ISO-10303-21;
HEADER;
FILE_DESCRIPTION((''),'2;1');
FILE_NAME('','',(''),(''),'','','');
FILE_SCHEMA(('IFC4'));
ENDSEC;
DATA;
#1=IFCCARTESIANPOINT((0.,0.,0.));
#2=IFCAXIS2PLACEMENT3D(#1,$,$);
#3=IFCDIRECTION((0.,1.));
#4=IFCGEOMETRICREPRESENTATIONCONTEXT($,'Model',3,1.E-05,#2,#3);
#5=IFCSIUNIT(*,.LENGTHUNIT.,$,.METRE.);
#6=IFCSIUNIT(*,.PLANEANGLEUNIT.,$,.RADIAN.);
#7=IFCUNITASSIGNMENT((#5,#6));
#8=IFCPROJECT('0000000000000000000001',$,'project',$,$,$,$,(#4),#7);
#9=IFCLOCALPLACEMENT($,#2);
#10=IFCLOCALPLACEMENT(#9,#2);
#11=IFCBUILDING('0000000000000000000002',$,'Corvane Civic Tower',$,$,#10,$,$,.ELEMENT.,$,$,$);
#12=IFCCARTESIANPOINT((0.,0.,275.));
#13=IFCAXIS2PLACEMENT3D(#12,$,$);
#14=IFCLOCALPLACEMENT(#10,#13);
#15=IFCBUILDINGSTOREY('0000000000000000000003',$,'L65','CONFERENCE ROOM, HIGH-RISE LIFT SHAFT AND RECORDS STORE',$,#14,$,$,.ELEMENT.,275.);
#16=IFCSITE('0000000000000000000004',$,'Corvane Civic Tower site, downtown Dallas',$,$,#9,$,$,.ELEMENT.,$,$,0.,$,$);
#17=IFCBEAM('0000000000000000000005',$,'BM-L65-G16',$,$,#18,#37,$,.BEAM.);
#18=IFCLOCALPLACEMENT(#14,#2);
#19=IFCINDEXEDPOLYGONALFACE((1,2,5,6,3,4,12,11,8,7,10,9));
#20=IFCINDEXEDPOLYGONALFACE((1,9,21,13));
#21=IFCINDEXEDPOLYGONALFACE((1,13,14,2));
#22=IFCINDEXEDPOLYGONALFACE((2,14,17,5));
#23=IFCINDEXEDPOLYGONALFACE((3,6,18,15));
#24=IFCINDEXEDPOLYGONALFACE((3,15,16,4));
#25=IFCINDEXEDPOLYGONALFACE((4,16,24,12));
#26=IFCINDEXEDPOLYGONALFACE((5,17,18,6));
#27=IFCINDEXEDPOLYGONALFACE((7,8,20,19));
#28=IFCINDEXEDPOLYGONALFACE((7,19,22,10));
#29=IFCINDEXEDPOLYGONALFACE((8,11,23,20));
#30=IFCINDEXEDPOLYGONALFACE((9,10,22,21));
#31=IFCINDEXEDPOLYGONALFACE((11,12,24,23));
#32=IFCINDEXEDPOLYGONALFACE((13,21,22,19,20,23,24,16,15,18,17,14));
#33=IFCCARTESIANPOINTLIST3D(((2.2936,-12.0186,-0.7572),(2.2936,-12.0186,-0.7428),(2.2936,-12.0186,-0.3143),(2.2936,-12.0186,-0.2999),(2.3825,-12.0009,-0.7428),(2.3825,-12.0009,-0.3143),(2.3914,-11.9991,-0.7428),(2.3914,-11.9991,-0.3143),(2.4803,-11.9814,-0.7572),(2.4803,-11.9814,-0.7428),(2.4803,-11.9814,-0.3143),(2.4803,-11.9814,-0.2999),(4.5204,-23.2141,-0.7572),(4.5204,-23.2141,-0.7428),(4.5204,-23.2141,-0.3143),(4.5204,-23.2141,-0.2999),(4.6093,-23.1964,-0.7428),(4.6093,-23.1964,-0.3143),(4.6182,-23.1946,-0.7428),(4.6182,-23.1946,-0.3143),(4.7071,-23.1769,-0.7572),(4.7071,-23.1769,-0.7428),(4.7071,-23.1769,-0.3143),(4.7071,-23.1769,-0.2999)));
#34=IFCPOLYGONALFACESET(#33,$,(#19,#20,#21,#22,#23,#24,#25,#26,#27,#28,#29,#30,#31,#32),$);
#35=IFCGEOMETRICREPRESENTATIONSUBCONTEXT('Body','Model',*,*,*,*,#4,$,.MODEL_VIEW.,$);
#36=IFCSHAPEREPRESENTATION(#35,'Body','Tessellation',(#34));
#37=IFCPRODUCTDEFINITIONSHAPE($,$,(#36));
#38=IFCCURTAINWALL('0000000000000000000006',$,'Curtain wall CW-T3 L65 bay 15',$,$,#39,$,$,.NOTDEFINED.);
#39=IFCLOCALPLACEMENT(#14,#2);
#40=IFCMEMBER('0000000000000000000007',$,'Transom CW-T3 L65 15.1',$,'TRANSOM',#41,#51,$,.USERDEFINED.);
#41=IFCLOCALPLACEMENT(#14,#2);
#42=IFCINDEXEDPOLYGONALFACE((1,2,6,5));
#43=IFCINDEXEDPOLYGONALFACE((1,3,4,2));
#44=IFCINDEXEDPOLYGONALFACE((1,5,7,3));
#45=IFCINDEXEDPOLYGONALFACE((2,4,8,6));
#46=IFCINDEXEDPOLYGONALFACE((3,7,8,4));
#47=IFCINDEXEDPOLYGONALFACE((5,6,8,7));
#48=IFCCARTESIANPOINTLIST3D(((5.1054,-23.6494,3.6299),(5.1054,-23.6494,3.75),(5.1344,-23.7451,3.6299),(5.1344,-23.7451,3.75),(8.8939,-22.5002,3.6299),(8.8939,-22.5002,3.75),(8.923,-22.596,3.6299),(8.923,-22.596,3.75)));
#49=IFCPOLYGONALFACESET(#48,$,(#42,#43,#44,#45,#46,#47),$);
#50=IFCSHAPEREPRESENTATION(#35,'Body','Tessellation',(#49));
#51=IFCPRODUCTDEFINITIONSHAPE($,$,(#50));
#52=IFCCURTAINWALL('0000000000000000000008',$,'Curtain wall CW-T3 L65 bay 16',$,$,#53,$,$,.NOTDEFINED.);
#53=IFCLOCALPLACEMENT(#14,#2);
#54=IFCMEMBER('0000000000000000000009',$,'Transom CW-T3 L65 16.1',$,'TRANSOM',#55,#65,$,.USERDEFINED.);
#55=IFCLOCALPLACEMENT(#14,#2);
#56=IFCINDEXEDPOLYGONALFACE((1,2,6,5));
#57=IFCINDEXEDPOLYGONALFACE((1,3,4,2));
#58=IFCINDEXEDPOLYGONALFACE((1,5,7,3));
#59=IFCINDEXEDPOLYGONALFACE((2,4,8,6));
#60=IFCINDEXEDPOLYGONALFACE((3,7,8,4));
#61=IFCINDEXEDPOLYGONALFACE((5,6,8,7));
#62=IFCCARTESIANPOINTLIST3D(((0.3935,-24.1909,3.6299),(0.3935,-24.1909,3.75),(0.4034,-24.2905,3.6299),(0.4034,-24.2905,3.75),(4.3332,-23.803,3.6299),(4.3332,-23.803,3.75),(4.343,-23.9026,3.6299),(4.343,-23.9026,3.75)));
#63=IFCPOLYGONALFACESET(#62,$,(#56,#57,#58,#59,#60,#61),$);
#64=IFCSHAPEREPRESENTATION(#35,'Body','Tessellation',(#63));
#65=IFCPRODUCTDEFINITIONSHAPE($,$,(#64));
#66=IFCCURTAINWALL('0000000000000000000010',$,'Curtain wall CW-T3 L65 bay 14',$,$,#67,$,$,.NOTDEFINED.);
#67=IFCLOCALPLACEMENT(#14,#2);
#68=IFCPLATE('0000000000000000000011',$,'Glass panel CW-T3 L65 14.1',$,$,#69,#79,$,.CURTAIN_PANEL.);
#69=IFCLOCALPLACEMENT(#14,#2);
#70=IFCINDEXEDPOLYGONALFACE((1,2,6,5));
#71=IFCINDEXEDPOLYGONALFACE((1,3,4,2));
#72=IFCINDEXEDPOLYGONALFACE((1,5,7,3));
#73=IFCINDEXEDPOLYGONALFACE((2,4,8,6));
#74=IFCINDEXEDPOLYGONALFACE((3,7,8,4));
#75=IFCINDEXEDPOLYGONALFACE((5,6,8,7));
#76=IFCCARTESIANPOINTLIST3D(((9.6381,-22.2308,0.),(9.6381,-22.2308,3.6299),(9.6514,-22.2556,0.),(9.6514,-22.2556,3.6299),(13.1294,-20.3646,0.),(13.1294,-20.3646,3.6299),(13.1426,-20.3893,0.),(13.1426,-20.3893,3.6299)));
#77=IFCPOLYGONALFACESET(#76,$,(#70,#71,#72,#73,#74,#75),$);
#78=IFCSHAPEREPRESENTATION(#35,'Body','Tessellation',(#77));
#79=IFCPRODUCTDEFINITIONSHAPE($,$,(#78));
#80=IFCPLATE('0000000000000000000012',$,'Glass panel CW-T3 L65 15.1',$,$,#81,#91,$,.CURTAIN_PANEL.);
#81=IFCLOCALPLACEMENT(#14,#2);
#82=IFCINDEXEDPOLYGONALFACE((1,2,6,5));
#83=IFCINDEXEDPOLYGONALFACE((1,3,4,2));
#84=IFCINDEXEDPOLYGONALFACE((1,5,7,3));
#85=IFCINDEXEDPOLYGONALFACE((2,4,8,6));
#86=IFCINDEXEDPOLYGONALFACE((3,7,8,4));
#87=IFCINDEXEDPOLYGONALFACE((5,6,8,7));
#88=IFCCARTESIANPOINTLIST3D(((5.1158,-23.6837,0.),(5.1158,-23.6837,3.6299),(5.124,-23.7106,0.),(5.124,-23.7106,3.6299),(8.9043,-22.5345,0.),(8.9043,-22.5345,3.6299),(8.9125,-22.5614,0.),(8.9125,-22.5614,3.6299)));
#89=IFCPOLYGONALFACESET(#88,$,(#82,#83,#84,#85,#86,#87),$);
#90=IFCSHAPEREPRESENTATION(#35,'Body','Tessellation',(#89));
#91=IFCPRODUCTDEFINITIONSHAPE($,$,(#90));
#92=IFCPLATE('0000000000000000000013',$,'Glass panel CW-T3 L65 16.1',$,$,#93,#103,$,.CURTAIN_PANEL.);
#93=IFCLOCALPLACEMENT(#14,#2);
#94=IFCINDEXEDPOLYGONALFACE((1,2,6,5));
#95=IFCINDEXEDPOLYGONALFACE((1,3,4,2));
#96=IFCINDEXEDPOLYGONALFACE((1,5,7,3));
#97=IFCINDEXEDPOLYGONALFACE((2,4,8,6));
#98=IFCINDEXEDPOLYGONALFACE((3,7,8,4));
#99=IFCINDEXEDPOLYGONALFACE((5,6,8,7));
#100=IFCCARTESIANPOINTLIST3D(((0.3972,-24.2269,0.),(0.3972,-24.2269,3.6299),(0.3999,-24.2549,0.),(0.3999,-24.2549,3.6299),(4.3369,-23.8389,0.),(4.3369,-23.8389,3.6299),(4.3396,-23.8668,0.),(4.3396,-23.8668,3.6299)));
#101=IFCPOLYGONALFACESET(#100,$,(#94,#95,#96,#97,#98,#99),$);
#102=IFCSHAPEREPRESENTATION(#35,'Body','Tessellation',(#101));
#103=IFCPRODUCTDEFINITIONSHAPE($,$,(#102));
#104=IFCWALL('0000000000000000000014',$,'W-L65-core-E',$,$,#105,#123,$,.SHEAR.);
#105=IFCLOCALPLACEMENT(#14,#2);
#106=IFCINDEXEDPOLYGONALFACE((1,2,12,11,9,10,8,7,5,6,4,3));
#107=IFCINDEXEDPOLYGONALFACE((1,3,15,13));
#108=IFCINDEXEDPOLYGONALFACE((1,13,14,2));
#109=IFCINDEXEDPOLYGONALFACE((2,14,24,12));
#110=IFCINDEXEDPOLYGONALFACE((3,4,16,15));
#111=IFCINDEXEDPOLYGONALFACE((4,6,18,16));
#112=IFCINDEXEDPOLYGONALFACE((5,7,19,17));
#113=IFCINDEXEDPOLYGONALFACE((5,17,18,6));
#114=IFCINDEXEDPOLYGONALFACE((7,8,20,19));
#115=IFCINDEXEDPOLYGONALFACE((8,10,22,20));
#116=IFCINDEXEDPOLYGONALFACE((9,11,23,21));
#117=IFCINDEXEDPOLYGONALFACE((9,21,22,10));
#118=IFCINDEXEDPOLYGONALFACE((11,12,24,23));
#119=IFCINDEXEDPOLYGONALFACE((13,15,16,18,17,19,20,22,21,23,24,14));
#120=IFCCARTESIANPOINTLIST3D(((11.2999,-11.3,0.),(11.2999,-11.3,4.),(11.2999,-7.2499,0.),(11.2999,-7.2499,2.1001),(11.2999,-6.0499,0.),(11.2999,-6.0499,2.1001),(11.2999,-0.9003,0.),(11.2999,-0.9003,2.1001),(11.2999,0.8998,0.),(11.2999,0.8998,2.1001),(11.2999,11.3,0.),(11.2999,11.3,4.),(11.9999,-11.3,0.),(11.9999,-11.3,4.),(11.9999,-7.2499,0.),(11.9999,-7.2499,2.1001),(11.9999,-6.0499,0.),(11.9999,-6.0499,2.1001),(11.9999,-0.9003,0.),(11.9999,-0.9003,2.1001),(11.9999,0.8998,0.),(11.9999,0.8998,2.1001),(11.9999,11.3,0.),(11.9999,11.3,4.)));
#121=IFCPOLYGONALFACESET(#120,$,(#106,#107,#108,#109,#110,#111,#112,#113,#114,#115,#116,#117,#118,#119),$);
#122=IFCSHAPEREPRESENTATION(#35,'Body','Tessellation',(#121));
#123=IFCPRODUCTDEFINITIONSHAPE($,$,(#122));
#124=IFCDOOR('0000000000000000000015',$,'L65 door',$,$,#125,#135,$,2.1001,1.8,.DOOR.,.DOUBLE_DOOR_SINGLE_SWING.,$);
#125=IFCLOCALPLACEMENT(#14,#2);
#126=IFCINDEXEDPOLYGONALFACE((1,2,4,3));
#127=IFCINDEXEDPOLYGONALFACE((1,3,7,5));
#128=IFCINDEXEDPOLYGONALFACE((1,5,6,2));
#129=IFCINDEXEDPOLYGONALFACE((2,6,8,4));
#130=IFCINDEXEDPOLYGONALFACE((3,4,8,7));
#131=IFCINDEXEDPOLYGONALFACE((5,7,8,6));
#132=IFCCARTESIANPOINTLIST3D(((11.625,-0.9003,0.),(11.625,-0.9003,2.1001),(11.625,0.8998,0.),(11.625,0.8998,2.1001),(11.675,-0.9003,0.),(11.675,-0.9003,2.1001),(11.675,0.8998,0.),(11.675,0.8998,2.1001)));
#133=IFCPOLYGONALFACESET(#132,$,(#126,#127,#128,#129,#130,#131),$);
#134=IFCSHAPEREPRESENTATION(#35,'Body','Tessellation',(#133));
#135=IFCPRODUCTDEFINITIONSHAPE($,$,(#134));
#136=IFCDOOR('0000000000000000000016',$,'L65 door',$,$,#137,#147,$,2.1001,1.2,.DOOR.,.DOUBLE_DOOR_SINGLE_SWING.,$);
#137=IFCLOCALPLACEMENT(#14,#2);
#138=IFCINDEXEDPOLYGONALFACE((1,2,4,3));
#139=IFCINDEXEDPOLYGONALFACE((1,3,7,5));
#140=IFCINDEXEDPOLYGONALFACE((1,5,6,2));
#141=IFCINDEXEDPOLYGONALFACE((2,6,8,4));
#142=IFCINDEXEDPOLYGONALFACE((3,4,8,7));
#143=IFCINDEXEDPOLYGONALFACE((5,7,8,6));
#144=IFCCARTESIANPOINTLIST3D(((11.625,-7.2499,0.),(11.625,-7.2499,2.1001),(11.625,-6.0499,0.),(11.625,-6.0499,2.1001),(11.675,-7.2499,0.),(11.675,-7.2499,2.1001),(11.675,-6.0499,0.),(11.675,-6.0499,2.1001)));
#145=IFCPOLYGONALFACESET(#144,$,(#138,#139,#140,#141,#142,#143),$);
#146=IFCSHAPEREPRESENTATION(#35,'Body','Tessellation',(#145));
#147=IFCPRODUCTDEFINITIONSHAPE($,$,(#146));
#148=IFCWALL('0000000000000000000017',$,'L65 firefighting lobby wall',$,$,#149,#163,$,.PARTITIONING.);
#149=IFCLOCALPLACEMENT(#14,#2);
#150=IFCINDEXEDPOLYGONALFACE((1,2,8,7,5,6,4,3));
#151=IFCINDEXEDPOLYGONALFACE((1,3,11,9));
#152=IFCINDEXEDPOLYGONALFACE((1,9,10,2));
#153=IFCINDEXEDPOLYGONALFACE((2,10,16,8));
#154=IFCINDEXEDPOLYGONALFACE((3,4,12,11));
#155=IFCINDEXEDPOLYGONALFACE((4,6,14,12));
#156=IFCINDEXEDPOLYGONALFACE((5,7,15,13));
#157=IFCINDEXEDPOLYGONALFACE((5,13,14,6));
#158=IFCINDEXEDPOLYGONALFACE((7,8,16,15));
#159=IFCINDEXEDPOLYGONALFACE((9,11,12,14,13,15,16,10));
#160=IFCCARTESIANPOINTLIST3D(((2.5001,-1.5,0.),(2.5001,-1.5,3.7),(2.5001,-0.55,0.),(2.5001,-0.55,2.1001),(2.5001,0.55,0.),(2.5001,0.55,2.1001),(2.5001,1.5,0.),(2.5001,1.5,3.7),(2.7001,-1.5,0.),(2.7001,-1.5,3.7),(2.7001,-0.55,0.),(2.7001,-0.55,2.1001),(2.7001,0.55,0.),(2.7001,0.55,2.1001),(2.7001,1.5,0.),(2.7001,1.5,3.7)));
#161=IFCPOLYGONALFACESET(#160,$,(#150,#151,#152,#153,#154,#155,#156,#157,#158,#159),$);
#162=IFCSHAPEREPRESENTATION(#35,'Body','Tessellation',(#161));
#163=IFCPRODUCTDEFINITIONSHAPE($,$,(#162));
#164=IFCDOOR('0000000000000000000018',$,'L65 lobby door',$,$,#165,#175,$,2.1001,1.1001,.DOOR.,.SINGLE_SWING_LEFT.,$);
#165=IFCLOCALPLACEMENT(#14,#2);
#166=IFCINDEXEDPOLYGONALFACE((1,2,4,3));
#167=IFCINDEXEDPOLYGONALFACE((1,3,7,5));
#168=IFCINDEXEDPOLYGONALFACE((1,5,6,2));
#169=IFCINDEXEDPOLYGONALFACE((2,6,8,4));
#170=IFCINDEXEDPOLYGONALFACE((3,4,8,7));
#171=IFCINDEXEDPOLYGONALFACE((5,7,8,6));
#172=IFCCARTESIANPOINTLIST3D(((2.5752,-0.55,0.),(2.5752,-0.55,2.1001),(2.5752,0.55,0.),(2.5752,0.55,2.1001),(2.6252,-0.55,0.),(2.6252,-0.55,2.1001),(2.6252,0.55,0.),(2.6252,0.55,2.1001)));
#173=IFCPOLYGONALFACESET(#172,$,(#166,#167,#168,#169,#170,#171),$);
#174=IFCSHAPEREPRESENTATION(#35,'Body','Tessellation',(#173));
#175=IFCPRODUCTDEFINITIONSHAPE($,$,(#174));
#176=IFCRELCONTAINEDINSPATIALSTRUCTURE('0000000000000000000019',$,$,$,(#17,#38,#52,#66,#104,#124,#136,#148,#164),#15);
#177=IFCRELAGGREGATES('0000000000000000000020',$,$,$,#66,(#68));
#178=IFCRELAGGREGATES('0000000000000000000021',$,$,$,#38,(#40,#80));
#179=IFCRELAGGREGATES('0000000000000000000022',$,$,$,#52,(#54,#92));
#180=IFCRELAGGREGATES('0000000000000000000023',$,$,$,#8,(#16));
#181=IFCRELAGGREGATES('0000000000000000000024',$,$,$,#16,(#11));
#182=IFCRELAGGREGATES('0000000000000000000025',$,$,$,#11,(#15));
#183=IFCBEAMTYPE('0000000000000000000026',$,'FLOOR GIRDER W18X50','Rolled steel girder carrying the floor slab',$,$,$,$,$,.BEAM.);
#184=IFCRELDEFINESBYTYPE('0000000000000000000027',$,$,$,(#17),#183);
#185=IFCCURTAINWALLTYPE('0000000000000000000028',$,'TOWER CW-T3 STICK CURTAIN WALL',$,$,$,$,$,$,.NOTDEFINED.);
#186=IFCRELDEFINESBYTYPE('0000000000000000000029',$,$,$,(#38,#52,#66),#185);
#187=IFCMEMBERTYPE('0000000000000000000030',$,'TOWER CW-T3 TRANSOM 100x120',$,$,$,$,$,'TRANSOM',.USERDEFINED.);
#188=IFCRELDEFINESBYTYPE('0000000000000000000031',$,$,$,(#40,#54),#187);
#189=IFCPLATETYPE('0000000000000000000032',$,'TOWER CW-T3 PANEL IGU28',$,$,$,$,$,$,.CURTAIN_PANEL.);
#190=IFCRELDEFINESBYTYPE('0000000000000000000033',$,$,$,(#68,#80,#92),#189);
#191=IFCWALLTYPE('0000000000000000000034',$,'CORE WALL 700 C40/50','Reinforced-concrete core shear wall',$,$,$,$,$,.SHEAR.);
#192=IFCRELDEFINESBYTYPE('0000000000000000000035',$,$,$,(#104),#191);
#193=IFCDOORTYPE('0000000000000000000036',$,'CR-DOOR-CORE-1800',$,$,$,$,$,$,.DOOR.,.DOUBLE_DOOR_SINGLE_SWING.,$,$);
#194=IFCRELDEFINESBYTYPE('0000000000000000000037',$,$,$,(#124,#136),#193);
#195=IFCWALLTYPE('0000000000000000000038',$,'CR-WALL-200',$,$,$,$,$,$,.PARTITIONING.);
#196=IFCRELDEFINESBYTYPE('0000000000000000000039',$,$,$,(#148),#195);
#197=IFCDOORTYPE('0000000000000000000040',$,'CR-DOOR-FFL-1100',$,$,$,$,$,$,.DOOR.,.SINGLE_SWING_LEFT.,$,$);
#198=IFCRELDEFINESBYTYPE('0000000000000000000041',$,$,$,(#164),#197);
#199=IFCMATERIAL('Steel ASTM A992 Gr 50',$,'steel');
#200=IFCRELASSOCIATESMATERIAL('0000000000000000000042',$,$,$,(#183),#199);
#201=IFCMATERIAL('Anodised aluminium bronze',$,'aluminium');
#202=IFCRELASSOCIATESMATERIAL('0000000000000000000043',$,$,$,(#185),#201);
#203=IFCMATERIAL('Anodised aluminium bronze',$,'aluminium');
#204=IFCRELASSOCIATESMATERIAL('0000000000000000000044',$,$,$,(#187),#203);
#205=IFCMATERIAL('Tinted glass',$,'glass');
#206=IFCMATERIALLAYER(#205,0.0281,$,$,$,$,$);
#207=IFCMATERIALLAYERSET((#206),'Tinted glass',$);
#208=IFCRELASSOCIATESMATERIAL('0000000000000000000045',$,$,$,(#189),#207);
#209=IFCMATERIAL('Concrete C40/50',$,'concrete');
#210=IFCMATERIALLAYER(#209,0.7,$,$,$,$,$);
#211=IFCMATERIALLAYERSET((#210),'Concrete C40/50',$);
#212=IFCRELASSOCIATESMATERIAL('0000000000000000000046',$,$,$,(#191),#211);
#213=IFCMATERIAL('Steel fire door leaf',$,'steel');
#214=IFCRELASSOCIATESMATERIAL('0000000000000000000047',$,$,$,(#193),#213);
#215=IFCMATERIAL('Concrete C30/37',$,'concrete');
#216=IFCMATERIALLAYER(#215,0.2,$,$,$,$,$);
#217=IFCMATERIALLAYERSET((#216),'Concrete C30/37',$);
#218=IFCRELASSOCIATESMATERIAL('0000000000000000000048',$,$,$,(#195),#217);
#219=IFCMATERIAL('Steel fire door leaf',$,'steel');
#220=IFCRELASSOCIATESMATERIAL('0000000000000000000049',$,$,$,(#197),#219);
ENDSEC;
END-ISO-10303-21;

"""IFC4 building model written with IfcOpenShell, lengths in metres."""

from ifc_helpers import new_model, si_unit, direction, frame, frame_2d, origin, origin_2d, place, context, subcontext, project, spatial, rectangle, i_section, extrude, material, layer, layer_set, material_profile, profile_set, type_object, element, fill, aggregate, save


model = new_model("IFC4")

# Units and contexts
model_context = context("Model", 3, precision=1e-05, world=origin(), true_north=direction((0.0, 1.0)))
body_context = subcontext(model_context, "Body", "Model", "MODEL_VIEW")
ifc_project = project(units=[si_unit("LENGTHUNIT", "METRE"), si_unit("PLANEANGLEUNIT", "RADIAN")], contexts=[model_context])

# Site, building, storey
site_placement = place(None, origin())
site = spatial("IfcSite", under=ifc_project, at=site_placement, Name="Corvane Civic Tower site, downtown Dallas", CompositionType="ELEMENT", RefElevation=0.0)
building_placement = place(site_placement, origin())
building = spatial("IfcBuilding", under=site, at=building_placement, Name="Corvane Civic Tower", CompositionType="ELEMENT")
storey_placement = place(building_placement, frame((0.0, 0.0, 275.0)))
storey = spatial("IfcBuildingStorey", under=building, at=storey_placement, Name="L65", Description="CONFERENCE ROOM, HIGH-RISE LIFT SHAFT AND RECORDS STORE", CompositionType="ELEMENT", Elevation=275.0)

# Beam
ifc_material_1 = material(Name="Steel ASTM A992 Gr 50", Category="steel")
ifc_material_profile_1 = material_profile(ifc_material_1, i_section(OverallWidth=0.1904, OverallDepth=0.4573, WebThickness=0.009, FlangeThickness=0.0144, at=origin_2d()), Name="W18X50")
ifc_profile_set_1 = profile_set([ifc_material_profile_1], Name="Steel ASTM A992 Gr 50")
beam_type_1 = type_object("IfcBeamType", Name="FLOOR GIRDER W18X50", Description="Rolled steel girder carrying the floor slab", PredefinedType="BEAM", material=ifc_profile_set_1)
beam_1_placement = place(storey_placement, frame((2.387, -12.0, -0.5286), z_axis=(0.19508, -0.980787, 0.0), x_axis=(0.980787, 0.19508, 0.0)))
element("IfcBeam", 1, at=beam_1_placement, inside=storey, type_object=beam_type_1, Name="BM-L65-G16", PredefinedType="BEAM", context=body_context, shape_type="SweptSolid", body=[
    extrude(i_section(OverallWidth=0.1904, OverallDepth=0.4573, WebThickness=0.009, FlangeThickness=0.0144, at=origin_2d()), origin(), (0.0, 0.0, 1.0), 11.4148),
])

# Curtain walls, members
ifc_material_2 = material(Name="Anodised aluminium bronze", Category="aluminium")
curtain_wall_type = type_object("IfcCurtainWallType", Name="TOWER CW-T3 STICK CURTAIN WALL", PredefinedType="NOTDEFINED", material=ifc_material_2)
curtain_wall_1_placement = place(storey_placement, origin())
curtain_wall_1 = element("IfcCurtainWall", 2, at=curtain_wall_1_placement, inside=storey, type_object=curtain_wall_type, Name="Curtain wall CW-T3 L65 bay 15", PredefinedType="NOTDEFINED")
ifc_material_3 = material(Name="Anodised aluminium bronze", Category="aluminium")
ifc_material_profile_2 = material_profile(ifc_material_3, rectangle(XDim=0.1001, YDim=0.1201, at=origin_2d()), Name="TOWER CW-T3 TRANSOM 100x120")
ifc_profile_set_2 = profile_set([ifc_material_profile_2], Name="Anodised aluminium bronze")
member_type = type_object("IfcMemberType", Name="TOWER CW-T3 TRANSOM 100x120", ElementType="TRANSOM", PredefinedType="USERDEFINED", material=ifc_profile_set_2)
member_1_placement = place(storey_placement, frame((8.9084, -22.5481, 3.6899), z_axis=(-0.956946, -0.290266, 0.0), x_axis=(0.290266, -0.956946, 0.0)))
member_1 = element("IfcMember", 3, at=member_1_placement, type_object=member_type, Name="Transom CW-T3 L65 15.1", ObjectType="TRANSOM", PredefinedType="USERDEFINED", context=body_context, shape_type="SweptSolid", body=[
    extrude(rectangle(XDim=0.1001, YDim=0.1201, at=origin_2d()), origin(), (0.0, 0.0, 1.0), 3.959),
])
curtain_wall_2_placement = place(storey_placement, origin())
curtain_wall_2 = element("IfcCurtainWall", 4, at=curtain_wall_2_placement, inside=storey, type_object=curtain_wall_type, Name="Curtain wall CW-T3 L65 bay 16", PredefinedType="NOTDEFINED")
member_2_placement = place(storey_placement, frame((4.3381, -23.8528, 3.6899), z_axis=(-0.995187, -0.097995, 0.0), x_axis=(0.097995, -0.995187, 0.0)))
member_2 = element("IfcMember", 5, at=member_2_placement, type_object=member_type, Name="Transom CW-T3 L65 16.1", ObjectType="TRANSOM", PredefinedType="USERDEFINED", context=body_context, shape_type="SweptSolid", body=[
    extrude(rectangle(XDim=0.1001, YDim=0.1201, at=origin_2d()), origin(), (0.0, 0.0, 1.0), 3.9587),
])

# Curtain wall, plate
curtain_wall_3_placement = place(storey_placement, origin())
curtain_wall_3 = element("IfcCurtainWall", 6, at=curtain_wall_3_placement, inside=storey, type_object=curtain_wall_type, Name="Curtain wall CW-T3 L65 bay 14", PredefinedType="NOTDEFINED")
ifc_material_4 = material(Name="Tinted glass", Category="glass")
ifc_layer_1 = layer(ifc_material_4, 0.0281)
ifc_layer_set_1 = layer_set([ifc_layer_1], Name="Tinted glass")
plate_type = type_object("IfcPlateType", Name="TOWER CW-T3 PANEL IGU28", PredefinedType="CURTAIN_PANEL", material=ifc_layer_set_1)
plate_1_placement = place(storey_placement, frame((11.3904, -21.3101, 0.0), z_axis=(0.0, 0.0, 1.0), x_axis=(-0.881908, -0.471421, 0.0)))
plate_1 = element("IfcPlate", 7, at=plate_1_placement, type_object=plate_type, Name="Glass panel CW-T3 L65 14.1", PredefinedType="CURTAIN_PANEL", context=body_context, shape_type="SweptSolid", body=[
    extrude(rectangle(XDim=3.9587, YDim=0.0281, at=origin_2d()), origin(), (0.0, 0.0, 1.0), 3.6299),
])
aggregate(curtain_wall_3, [plate_1])

# Plates
plate_2_placement = place(storey_placement, frame((7.0142, -23.1226, 0.0), z_axis=(0.0, 0.0, 1.0), x_axis=(-0.956944, -0.290274, 0.0)))
plate_2 = element("IfcPlate", 8, at=plate_2_placement, type_object=plate_type, Name="Glass panel CW-T3 L65 15.1", PredefinedType="CURTAIN_PANEL", context=body_context, shape_type="SweptSolid", body=[
    extrude(rectangle(XDim=3.959, YDim=0.0281, at=origin_2d()), origin(), (0.0, 0.0, 1.0), 3.6299),
])
aggregate(curtain_wall_1, [member_1, plate_2])
plate_3_placement = place(storey_placement, frame((2.3684, -24.0469, 0.0), z_axis=(0.0, 0.0, 1.0), x_axis=(-0.995184, -0.098021, 0.0)))
plate_3 = element("IfcPlate", 9, at=plate_3_placement, type_object=plate_type, Name="Glass panel CW-T3 L65 16.1", PredefinedType="CURTAIN_PANEL", context=body_context, shape_type="SweptSolid", body=[
    extrude(rectangle(XDim=3.9587, YDim=0.0281, at=origin_2d()), origin(), (0.0, 0.0, 1.0), 3.6299),
])
aggregate(curtain_wall_2, [member_2, plate_3])

# Wall, openings, doors
ifc_material_5 = material(Name="Concrete C40/50", Category="concrete")
ifc_layer_2 = layer(ifc_material_5, 0.7)
ifc_layer_set_2 = layer_set([ifc_layer_2], Name="Concrete C40/50")
wall_type_1 = type_object("IfcWallType", Name="CORE WALL 700 C40/50", Description="Reinforced-concrete core shear wall", PredefinedType="SHEAR", material=ifc_layer_set_2)
wall_1_placement = place(storey_placement, frame((11.6499, -11.3, 0.0), z_axis=(0.0, 0.0, 1.0), x_axis=(0.0, 1.0, 0.0)))
wall_1 = element("IfcWall", 10, at=wall_1_placement, inside=storey, type_object=wall_type_1, Name="W-L65-core-E", PredefinedType="SHEAR", context=body_context, shape_type="SweptSolid", body=[
    extrude(rectangle(XDim=22.6001, YDim=0.7, at=frame_2d((11.3, 0.0))), origin(), (0.0, 0.0, 1.0), 4.0),
])
opening_1_placement = place(wall_1_placement, frame((10.3999, 0.0, 0.0)))
opening_1 = element("IfcOpeningElement", 11, at=opening_1_placement, cuts=wall_1, PredefinedType="OPENING", context=body_context, shape_type="SweptSolid", body=[
    extrude(rectangle(XDim=1.8, YDim=2.1001, at=frame_2d((0.8999, 1.05))), frame((0.0, 0.3599, 0.0), z_axis=(0.0, -1.0, 0.0), x_axis=(1.0, 0.0, 0.0)), (0.0, 0.0, 1.0), 0.72),
])
opening_2_placement = place(wall_1_placement, frame((4.05, 0.0, 0.0)))
opening_2 = element("IfcOpeningElement", 12, at=opening_2_placement, cuts=wall_1, PredefinedType="OPENING", context=body_context, shape_type="SweptSolid", body=[
    extrude(rectangle(XDim=1.2, YDim=2.1001, at=frame_2d((0.6001, 1.05))), frame((0.0, 0.3599, 0.0), z_axis=(0.0, -1.0, 0.0), x_axis=(1.0, 0.0, 0.0)), (0.0, 0.0, 1.0), 0.72),
])
ifc_material_6 = material(Name="Steel fire door leaf", Category="steel")
door_type_1 = type_object("IfcDoorType", Name="CR-DOOR-CORE-1800", OperationType="DOUBLE_DOOR_SINGLE_SWING", PredefinedType="DOOR", material=ifc_material_6)
door_1_placement = place(opening_1_placement, origin())
door_1 = element("IfcDoor", 13, at=door_1_placement, inside=storey, type_object=door_type_1, Name="L65 door", OperationType="DOUBLE_DOOR_SINGLE_SWING", OverallHeight=2.1001, OverallWidth=1.8, PredefinedType="DOOR", context=body_context, shape_type="SweptSolid", body=[
    extrude(rectangle(XDim=1.8, YDim=2.1001, at=frame_2d((0.8999, 1.05))), frame((0.0, 0.0249, 0.0), z_axis=(0.0, -1.0, 0.0), x_axis=(1.0, 0.0, 0.0)), (0.0, 0.0, 1.0), 0.05),
])
fill(opening_1, door_1)
door_2_placement = place(opening_2_placement, origin())
door_2 = element("IfcDoor", 14, at=door_2_placement, inside=storey, type_object=door_type_1, Name="L65 door", OperationType="DOUBLE_DOOR_SINGLE_SWING", OverallHeight=2.1001, OverallWidth=1.2, PredefinedType="DOOR", context=body_context, shape_type="SweptSolid", body=[
    extrude(rectangle(XDim=1.2, YDim=2.1001, at=frame_2d((0.6001, 1.05))), frame((0.0, 0.0249, 0.0), z_axis=(0.0, -1.0, 0.0), x_axis=(1.0, 0.0, 0.0)), (0.0, 0.0, 1.0), 0.05),
])
fill(opening_2, door_2)

# Wall, opening, door
ifc_material_7 = material(Name="Concrete C30/37", Category="concrete")
ifc_layer_3 = layer(ifc_material_7, 0.2)
ifc_layer_set_3 = layer_set([ifc_layer_3], Name="Concrete C30/37")
wall_type_2 = type_object("IfcWallType", Name="CR-WALL-200", PredefinedType="PARTITIONING", material=ifc_layer_set_3)
wall_2_placement = place(storey_placement, frame((2.6001, -1.5, 0.0), z_axis=(0.0, 0.0, 1.0), x_axis=(0.0, 1.0, 0.0)))
wall_2 = element("IfcWall", 15, at=wall_2_placement, inside=storey, type_object=wall_type_2, Name="L65 firefighting lobby wall", PredefinedType="PARTITIONING", context=body_context, shape_type="SweptSolid", body=[
    extrude(rectangle(XDim=3.0, YDim=0.2, at=frame_2d((1.5, 0.0))), origin(), (0.0, 0.0, 1.0), 3.7),
])
opening_3_placement = place(wall_2_placement, frame((0.95, 0.0, 0.0)))
opening_3 = element("IfcOpeningElement", 16, at=opening_3_placement, cuts=wall_2, PredefinedType="OPENING", context=body_context, shape_type="SweptSolid", body=[
    extrude(rectangle(XDim=1.1001, YDim=2.1001, at=frame_2d((0.55, 1.05))), frame((0.0, 0.1099, 0.0), z_axis=(0.0, -1.0, 0.0), x_axis=(1.0, 0.0, 0.0)), (0.0, 0.0, 1.0), 0.22),
])
ifc_material_8 = material(Name="Steel fire door leaf", Category="steel")
door_type_2 = type_object("IfcDoorType", Name="CR-DOOR-FFL-1100", OperationType="SINGLE_SWING_LEFT", PredefinedType="DOOR", material=ifc_material_8)
door_3_placement = place(opening_3_placement, origin())
door_3 = element("IfcDoor", 17, at=door_3_placement, inside=storey, type_object=door_type_2, Name="L65 lobby door", OperationType="SINGLE_SWING_LEFT", OverallHeight=2.1001, OverallWidth=1.1001, PredefinedType="DOOR", context=body_context, shape_type="SweptSolid", body=[
    extrude(rectangle(XDim=1.1001, YDim=2.1001, at=frame_2d((0.55, 1.05))), frame((0.0, 0.0249, 0.0), z_axis=(0.0, -1.0, 0.0), x_axis=(1.0, 0.0, 0.0)), (0.0, 0.0, 1.0), 0.05),
])
fill(opening_3, door_3)

save(model, "model.ifc")
